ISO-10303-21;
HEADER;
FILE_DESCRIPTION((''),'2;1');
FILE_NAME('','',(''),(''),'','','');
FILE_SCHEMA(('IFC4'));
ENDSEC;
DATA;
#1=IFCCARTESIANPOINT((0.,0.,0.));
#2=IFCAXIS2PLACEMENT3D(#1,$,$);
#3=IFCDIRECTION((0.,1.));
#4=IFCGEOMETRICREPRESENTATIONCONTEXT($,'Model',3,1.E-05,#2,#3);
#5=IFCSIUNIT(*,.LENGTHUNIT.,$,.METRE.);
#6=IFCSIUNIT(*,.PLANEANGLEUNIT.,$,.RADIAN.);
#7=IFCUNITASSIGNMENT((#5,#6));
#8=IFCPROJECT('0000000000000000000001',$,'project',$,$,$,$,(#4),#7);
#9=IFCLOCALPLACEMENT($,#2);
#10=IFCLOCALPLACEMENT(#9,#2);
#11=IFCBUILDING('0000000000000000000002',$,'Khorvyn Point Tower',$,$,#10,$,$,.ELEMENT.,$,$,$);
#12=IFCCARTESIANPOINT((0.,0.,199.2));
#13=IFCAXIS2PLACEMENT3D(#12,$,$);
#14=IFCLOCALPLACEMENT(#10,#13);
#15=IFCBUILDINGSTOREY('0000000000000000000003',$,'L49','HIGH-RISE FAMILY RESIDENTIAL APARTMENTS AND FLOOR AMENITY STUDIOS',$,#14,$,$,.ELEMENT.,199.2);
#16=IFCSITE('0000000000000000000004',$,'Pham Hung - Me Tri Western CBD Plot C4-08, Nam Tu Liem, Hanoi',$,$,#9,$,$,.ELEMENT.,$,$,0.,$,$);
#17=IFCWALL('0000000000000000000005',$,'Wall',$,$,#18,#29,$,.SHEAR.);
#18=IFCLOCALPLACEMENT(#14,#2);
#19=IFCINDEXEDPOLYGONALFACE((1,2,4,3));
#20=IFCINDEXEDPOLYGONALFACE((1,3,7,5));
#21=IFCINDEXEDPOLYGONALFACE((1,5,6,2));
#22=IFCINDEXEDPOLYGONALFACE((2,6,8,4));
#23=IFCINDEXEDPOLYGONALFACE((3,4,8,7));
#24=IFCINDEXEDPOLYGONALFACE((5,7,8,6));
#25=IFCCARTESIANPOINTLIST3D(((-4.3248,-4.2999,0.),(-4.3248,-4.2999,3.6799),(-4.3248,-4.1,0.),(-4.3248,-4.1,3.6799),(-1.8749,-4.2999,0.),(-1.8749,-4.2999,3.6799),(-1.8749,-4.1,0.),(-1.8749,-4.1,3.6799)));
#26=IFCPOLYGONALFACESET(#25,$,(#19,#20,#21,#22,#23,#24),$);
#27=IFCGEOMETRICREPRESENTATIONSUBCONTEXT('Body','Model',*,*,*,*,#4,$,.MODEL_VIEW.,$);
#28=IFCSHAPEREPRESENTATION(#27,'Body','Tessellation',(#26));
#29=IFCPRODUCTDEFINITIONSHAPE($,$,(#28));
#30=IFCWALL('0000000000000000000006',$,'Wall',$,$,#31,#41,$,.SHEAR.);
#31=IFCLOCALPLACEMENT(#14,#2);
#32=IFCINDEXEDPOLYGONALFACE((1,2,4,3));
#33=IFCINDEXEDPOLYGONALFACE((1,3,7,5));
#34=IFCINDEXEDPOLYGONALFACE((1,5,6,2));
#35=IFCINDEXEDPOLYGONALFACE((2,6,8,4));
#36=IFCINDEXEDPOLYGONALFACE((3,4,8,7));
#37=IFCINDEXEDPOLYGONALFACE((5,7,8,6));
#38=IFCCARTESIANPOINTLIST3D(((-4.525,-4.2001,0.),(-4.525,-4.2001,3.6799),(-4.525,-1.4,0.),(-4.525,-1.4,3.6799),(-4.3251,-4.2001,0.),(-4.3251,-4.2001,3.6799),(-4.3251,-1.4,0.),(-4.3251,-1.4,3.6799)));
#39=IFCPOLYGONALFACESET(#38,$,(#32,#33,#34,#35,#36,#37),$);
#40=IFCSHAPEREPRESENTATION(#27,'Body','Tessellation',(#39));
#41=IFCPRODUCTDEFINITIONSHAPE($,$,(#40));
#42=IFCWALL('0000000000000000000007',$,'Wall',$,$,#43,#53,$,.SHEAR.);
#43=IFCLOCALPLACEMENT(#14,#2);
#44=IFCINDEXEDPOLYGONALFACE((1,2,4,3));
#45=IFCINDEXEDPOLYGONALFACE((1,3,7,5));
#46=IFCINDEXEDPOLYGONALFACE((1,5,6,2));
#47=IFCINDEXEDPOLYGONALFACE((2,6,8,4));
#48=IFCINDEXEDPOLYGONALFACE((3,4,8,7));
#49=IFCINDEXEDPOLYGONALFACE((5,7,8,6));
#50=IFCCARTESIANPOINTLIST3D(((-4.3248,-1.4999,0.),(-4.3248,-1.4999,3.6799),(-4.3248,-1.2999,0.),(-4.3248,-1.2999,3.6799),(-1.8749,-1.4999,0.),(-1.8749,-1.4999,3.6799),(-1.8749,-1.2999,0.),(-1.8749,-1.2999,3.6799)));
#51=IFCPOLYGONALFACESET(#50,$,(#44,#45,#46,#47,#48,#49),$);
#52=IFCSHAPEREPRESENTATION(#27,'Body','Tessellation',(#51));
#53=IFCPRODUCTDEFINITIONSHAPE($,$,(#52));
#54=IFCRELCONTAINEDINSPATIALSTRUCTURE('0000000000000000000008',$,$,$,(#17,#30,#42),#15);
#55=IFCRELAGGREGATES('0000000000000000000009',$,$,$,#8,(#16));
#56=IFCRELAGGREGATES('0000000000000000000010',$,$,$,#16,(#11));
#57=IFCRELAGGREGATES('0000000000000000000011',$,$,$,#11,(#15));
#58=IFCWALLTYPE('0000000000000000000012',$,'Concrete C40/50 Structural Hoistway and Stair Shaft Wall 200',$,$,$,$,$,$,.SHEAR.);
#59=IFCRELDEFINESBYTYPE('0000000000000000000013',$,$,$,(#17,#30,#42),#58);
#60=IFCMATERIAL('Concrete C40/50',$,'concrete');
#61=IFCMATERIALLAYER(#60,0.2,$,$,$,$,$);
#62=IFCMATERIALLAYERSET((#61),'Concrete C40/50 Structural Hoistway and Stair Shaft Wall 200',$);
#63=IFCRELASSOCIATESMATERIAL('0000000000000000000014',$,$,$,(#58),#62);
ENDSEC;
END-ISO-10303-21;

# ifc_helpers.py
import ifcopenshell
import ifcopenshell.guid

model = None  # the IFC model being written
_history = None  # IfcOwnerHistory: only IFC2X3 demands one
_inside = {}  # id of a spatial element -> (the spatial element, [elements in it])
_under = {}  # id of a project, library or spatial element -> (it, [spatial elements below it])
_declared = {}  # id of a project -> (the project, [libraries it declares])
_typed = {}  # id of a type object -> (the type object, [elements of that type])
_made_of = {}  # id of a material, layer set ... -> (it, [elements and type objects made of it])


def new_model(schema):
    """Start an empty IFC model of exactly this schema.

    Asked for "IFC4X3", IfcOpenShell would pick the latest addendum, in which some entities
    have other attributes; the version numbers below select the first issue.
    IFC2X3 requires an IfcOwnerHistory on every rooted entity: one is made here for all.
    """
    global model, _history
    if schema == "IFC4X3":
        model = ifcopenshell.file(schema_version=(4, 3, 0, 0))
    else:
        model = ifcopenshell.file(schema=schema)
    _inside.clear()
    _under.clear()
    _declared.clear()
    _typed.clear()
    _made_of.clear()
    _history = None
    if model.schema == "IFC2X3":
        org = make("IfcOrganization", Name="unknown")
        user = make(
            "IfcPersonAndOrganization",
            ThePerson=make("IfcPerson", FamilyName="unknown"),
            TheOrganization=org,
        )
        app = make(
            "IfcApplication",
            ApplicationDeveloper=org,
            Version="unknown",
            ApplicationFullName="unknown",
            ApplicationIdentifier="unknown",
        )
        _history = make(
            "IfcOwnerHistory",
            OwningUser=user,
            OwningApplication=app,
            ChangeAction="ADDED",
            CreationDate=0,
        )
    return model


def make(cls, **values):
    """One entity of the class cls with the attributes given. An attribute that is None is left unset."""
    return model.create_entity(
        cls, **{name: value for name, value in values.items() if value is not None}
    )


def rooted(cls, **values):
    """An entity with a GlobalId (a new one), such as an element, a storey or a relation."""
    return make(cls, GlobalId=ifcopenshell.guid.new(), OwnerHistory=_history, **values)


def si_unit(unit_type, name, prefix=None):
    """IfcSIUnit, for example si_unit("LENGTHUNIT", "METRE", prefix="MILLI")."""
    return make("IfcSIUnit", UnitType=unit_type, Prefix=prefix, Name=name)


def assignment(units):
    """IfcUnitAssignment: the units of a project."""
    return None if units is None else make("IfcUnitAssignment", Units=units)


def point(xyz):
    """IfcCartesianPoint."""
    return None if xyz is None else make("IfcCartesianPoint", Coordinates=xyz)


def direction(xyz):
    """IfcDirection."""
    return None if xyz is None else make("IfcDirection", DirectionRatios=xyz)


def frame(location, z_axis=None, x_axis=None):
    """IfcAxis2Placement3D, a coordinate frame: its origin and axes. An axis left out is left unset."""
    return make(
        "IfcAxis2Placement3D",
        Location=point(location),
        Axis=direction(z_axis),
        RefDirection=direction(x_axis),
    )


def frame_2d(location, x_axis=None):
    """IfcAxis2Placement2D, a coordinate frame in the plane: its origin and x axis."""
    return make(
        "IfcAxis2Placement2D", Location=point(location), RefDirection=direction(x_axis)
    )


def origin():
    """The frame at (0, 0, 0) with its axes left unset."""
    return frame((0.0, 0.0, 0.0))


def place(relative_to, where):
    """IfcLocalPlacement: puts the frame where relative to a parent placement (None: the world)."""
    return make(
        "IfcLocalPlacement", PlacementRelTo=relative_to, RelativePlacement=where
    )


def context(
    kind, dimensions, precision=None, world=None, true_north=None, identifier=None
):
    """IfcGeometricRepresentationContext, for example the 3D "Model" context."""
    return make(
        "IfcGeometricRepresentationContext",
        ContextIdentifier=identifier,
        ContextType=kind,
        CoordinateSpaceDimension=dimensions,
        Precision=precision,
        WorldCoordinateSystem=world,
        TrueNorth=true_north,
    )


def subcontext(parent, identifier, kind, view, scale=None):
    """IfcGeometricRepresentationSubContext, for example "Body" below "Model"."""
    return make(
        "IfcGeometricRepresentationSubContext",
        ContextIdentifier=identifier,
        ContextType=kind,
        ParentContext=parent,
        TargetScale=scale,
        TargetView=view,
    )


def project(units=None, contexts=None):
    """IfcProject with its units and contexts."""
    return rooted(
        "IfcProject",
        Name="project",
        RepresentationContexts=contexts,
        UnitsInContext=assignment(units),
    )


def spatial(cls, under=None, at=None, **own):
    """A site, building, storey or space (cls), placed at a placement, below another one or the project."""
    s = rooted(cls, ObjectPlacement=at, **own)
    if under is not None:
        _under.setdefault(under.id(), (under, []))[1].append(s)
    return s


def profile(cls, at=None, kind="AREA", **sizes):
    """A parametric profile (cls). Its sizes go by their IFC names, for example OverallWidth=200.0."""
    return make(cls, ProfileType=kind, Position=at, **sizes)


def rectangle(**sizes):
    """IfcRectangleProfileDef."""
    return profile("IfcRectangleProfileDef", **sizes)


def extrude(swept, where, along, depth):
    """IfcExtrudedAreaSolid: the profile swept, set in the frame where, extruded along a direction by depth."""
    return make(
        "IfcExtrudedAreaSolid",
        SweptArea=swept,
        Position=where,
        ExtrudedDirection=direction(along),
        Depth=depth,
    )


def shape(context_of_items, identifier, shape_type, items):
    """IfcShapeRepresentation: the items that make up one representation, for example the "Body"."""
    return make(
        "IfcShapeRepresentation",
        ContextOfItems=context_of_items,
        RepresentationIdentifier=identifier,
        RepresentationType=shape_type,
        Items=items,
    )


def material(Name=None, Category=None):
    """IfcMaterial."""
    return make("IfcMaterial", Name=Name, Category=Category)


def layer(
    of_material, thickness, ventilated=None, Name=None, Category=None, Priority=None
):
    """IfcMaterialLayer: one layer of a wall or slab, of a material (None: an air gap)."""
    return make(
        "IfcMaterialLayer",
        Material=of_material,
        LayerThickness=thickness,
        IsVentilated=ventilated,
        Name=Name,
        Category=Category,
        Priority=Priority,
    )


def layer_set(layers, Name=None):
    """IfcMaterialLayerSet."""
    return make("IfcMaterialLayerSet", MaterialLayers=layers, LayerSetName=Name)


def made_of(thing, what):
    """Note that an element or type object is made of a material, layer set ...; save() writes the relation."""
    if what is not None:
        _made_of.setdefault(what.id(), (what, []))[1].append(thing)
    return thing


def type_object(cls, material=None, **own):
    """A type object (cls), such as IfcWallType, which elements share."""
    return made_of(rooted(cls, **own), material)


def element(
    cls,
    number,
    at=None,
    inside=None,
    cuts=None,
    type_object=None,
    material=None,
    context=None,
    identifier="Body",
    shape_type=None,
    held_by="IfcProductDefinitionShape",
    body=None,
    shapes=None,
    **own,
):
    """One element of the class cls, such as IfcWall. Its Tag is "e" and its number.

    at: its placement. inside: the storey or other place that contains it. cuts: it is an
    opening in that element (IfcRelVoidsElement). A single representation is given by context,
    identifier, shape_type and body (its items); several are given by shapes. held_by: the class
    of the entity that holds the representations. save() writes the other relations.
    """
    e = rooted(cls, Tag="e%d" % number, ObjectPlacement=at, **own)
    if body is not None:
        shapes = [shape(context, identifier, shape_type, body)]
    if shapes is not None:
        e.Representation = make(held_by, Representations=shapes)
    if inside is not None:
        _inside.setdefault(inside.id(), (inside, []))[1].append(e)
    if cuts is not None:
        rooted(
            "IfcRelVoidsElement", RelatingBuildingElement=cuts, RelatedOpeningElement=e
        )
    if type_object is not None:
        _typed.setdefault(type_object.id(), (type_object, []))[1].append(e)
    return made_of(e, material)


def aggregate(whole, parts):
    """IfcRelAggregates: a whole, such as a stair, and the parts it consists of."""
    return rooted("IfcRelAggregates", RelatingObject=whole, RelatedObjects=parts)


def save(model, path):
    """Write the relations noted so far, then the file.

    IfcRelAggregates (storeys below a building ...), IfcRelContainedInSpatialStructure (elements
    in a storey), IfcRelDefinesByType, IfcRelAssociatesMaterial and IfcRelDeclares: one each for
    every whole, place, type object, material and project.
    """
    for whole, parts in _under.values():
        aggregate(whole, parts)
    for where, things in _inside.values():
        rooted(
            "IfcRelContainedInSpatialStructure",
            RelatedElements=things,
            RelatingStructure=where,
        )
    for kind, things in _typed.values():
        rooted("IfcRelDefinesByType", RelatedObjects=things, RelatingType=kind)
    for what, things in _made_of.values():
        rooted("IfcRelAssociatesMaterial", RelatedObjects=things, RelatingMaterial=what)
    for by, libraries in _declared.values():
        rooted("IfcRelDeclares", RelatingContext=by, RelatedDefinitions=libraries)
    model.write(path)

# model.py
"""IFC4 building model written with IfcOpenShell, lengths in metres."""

from ifc_helpers import new_model, si_unit, direction, frame, frame_2d, origin, place, context, subcontext, project, spatial, rectangle, extrude, material, layer, layer_set, type_object, element, save


model = new_model("IFC4")

# Units and contexts
model_context = context("Model", 3, precision=1e-05, world=origin(), true_north=direction((0.0, 1.0)))
body_context = subcontext(model_context, "Body", "Model", "MODEL_VIEW")
ifc_project = project(units=[si_unit("LENGTHUNIT", "METRE"), si_unit("PLANEANGLEUNIT", "RADIAN")], contexts=[model_context])

# Site, building, storey
site_placement = place(None, origin())
site = spatial("IfcSite", under=ifc_project, at=site_placement, Name="Pham Hung - Me Tri Western CBD Plot C4-08, Nam Tu Liem, Hanoi", CompositionType="ELEMENT", RefElevation=0.0)
building_placement = place(site_placement, origin())
building = spatial("IfcBuilding", under=site, at=building_placement, Name="Khorvyn Point Tower", CompositionType="ELEMENT")
storey_placement = place(building_placement, frame((0.0, 0.0, 199.2)))
storey = spatial("IfcBuildingStorey", under=building, at=storey_placement, Name="L49", Description="HIGH-RISE FAMILY RESIDENTIAL APARTMENTS AND FLOOR AMENITY STUDIOS", CompositionType="ELEMENT", Elevation=199.2)

# Shared definitions
ifc_material_1 = material(Name="Concrete C40/50", Category="concrete")

# Shared definitions
ifc_layer_1 = layer(ifc_material_1, 0.2)
ifc_layer_set_1 = layer_set([ifc_layer_1], Name="Concrete C40/50 Structural Hoistway and Stair Shaft Wall 200")
wall_type_1 = type_object("IfcWallType", Name="Concrete C40/50 Structural Hoistway and Stair Shaft Wall 200", PredefinedType="SHEAR", material=ifc_layer_set_1)

# Walls
for number, where, z_axis, x_axis, name in (
    (1, (-4.325, -4.2, 0.0), (0.0, 0.0, 1.0), (1.0, 0.0, 0.0), "Wall"),
):
    element("IfcWall", number, at=place(storey_placement, frame(where, z_axis=z_axis, x_axis=x_axis)), inside=storey, type_object=wall_type_1, Name=name, PredefinedType="SHEAR", context=body_context, shape_type="SweptSolid", body=[
        extrude(rectangle(XDim=2.45, YDim=0.2, at=frame_2d((1.2251, 0.0))), origin(), (0.0, 0.0, 1.0), 3.6799),
    ])
wall_1_placement = place(storey_placement, frame((-4.425, -4.2, 0.0), z_axis=(0.0, 0.0, 1.0), x_axis=(0.0, 1.0, 0.0)))
element("IfcWall", 2, at=wall_1_placement, inside=storey, type_object=wall_type_1, Name="Wall", PredefinedType="SHEAR", context=body_context, shape_type="SweptSolid", body=[
    extrude(rectangle(XDim=2.8, YDim=0.2, at=frame_2d((1.3999, 0.0))), origin(), (0.0, 0.0, 1.0), 3.6799),
])
wall_2_placement = place(storey_placement, frame((-4.325, -1.3999, 0.0), z_axis=(0.0, 0.0, 1.0), x_axis=(1.0, 0.0, 0.0)))
element("IfcWall", 3, at=wall_2_placement, inside=storey, type_object=wall_type_1, Name="Wall", PredefinedType="SHEAR", context=body_context, shape_type="SweptSolid", body=[
    extrude(rectangle(XDim=2.45, YDim=0.2, at=frame_2d((1.2251, 0.0))), origin(), (0.0, 0.0, 1.0), 3.6799),
])

save(model, "model.ifc")
